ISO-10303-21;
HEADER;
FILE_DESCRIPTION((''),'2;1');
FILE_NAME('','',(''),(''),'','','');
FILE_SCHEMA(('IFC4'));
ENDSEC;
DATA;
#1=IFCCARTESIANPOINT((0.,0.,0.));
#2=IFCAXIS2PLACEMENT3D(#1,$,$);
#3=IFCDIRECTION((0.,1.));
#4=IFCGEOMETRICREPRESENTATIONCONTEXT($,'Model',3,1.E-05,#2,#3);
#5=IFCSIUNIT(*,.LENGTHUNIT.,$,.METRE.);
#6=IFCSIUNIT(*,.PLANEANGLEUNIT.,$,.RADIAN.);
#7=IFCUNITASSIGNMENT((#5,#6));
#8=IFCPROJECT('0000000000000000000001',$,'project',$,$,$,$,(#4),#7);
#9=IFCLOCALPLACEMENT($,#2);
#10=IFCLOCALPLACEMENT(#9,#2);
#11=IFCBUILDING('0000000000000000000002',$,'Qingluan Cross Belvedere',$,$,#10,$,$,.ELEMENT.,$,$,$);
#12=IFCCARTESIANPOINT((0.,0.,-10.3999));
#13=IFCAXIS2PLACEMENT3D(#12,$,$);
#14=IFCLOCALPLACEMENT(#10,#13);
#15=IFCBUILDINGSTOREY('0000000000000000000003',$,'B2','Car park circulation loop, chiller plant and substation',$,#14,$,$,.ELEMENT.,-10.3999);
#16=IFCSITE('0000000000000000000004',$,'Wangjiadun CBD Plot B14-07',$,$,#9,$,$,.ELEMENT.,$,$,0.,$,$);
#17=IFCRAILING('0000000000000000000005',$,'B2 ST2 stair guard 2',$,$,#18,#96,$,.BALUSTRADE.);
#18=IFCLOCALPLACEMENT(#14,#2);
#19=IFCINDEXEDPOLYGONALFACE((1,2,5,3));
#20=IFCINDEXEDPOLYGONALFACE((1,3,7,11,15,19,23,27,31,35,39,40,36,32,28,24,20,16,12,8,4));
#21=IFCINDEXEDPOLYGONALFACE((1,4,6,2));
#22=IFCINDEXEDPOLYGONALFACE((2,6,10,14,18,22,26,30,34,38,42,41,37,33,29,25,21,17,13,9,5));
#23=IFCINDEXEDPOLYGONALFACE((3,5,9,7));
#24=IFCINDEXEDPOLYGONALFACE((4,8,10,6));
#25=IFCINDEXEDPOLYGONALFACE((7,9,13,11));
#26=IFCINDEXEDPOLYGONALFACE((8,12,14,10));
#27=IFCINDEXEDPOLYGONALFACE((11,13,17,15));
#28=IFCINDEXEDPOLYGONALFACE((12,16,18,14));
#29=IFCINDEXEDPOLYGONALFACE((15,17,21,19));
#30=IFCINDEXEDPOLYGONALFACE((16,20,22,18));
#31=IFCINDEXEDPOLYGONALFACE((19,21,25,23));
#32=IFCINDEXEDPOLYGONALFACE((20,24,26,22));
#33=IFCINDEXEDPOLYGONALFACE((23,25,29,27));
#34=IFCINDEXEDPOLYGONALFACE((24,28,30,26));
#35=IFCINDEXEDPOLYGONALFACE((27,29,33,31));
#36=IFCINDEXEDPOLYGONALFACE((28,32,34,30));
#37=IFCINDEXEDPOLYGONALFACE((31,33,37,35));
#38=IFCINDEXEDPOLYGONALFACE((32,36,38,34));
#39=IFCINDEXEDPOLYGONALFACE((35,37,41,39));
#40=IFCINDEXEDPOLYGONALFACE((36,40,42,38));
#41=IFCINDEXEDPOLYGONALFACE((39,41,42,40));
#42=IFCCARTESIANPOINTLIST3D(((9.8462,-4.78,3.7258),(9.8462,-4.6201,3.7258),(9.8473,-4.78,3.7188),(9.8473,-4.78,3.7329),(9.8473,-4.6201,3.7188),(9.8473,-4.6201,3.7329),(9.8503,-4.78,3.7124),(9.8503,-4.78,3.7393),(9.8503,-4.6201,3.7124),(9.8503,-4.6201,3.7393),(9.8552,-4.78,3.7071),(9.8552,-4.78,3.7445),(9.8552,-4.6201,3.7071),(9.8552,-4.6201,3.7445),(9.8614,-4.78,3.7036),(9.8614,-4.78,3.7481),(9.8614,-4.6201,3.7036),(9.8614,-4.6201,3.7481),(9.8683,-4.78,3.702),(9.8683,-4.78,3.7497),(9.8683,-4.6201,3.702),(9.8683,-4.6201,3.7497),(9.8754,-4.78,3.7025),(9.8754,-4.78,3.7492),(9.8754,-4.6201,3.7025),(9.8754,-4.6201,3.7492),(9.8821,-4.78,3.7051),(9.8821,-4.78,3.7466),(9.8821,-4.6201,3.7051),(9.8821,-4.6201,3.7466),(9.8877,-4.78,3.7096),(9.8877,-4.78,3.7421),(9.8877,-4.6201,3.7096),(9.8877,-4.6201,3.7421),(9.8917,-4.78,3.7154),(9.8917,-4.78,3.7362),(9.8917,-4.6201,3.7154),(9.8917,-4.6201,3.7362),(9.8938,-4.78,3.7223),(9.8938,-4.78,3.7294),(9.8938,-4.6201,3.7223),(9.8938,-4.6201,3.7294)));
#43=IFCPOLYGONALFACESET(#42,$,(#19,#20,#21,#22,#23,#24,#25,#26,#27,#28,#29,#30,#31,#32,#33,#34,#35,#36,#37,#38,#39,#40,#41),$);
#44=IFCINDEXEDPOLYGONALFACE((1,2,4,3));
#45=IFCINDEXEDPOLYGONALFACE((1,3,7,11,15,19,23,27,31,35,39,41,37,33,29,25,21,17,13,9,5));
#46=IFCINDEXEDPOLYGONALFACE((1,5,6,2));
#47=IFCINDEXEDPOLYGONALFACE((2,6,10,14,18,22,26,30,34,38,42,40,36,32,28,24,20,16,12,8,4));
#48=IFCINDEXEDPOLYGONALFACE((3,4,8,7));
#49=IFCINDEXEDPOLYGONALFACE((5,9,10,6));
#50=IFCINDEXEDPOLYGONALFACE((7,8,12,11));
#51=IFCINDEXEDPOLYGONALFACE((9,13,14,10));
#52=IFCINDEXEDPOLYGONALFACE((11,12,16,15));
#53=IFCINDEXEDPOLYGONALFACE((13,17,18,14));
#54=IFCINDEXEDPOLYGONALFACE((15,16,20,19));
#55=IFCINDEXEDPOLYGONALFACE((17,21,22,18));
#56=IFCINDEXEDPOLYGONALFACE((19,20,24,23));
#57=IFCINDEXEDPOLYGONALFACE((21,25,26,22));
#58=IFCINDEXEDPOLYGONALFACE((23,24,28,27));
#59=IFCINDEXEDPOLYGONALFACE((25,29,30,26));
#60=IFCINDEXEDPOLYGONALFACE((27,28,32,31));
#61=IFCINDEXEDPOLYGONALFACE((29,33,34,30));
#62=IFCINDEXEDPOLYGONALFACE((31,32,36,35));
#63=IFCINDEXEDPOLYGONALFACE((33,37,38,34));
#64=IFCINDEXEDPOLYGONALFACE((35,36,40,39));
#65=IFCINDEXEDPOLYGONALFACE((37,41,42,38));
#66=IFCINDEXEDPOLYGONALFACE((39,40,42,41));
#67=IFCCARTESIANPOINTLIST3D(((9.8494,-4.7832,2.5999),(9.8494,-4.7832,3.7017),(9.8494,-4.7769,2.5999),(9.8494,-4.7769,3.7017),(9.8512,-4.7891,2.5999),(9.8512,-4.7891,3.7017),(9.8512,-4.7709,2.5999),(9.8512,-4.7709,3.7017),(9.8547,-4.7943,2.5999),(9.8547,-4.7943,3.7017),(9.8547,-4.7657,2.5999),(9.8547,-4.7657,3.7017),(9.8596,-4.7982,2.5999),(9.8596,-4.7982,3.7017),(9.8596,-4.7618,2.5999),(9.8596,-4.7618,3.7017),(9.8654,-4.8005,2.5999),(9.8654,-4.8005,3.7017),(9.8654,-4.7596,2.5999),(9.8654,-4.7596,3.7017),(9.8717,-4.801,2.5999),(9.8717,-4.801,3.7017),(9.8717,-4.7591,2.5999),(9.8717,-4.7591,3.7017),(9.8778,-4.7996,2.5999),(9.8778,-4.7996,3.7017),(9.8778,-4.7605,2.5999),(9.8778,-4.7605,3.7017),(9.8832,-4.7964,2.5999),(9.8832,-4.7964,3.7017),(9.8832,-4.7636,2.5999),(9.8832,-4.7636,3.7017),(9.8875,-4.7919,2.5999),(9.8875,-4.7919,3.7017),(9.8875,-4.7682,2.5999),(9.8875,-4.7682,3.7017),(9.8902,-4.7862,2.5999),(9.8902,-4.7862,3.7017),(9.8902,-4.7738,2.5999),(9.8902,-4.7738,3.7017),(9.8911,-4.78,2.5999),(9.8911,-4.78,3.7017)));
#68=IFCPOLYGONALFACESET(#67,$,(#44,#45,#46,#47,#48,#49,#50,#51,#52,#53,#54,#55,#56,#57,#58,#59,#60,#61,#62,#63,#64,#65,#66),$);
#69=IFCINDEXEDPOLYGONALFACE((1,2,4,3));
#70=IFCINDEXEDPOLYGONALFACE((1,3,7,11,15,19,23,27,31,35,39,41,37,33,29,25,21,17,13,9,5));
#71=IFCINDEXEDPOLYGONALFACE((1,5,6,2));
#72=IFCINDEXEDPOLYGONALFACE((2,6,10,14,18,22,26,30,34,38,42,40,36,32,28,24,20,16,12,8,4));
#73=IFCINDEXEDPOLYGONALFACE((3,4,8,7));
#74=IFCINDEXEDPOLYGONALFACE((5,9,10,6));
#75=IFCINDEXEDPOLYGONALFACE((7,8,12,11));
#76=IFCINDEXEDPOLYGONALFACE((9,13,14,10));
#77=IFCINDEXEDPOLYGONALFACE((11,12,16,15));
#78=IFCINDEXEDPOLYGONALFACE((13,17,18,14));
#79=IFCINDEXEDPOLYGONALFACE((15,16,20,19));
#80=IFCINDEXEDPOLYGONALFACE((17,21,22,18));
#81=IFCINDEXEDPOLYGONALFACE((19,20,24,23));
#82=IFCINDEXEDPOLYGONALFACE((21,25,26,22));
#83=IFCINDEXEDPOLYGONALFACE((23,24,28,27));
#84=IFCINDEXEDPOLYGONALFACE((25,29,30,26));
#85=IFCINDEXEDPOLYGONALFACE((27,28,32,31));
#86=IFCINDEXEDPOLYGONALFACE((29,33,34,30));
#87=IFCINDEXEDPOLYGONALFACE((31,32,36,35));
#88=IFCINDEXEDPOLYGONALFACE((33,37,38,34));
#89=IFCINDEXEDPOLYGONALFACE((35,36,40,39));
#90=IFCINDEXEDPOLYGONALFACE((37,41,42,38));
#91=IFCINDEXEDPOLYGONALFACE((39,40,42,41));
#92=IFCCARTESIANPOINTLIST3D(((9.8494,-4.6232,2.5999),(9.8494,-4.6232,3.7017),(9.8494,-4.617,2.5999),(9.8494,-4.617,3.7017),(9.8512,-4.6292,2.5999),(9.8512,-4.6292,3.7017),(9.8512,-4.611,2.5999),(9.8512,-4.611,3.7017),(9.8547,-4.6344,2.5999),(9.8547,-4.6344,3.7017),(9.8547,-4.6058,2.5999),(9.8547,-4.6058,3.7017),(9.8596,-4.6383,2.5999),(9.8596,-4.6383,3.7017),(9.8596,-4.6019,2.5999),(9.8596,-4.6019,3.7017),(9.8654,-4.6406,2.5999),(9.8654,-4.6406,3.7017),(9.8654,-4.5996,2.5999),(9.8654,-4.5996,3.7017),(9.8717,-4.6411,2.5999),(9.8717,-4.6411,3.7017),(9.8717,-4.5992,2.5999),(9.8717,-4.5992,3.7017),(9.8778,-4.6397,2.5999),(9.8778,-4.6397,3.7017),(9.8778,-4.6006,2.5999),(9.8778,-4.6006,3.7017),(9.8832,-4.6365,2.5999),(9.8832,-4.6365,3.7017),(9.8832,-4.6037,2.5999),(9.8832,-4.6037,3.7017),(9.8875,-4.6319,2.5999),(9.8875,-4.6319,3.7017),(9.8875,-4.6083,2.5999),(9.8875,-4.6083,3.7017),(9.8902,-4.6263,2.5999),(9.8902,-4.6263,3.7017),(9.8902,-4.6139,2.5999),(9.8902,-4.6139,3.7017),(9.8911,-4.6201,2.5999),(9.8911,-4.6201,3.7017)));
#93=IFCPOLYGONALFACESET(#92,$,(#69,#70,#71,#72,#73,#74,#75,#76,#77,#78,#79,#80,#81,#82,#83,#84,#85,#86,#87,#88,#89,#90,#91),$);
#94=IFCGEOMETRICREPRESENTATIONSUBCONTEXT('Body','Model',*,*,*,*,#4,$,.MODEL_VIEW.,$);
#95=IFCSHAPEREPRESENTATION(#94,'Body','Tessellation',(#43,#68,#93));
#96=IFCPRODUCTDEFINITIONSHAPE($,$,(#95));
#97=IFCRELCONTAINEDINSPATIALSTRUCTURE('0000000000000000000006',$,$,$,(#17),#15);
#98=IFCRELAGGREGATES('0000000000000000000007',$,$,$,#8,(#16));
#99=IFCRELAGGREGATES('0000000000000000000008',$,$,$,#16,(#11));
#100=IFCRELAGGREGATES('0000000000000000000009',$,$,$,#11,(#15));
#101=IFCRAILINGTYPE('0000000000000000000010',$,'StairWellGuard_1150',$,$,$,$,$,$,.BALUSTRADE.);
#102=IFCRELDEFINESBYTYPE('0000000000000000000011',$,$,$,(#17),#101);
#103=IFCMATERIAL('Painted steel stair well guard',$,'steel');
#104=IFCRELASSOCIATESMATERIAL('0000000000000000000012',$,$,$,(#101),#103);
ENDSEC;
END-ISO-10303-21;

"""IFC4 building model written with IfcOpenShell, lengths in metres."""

from ifc_helpers import new_model, si_unit, direction, frame, origin, origin_2d, place, context, subcontext, project, spatial, circle, extrude, material, type_object, element, save


model = new_model("IFC4")

# Units and contexts
model_context = context("Model", 3, precision=1e-05, world=origin(), true_north=direction((0.0, 1.0)))
body_context = subcontext(model_context, "Body", "Model", "MODEL_VIEW")
ifc_project = project(units=[si_unit("LENGTHUNIT", "METRE"), si_unit("PLANEANGLEUNIT", "RADIAN")], contexts=[model_context])

# Site, building, storey
site_placement = place(None, origin())
site = spatial("IfcSite", under=ifc_project, at=site_placement, Name="Wangjiadun CBD Plot B14-07", CompositionType="ELEMENT", RefElevation=0.0)
building_placement = place(site_placement, origin())
building = spatial("IfcBuilding", under=site, at=building_placement, Name="Qingluan Cross Belvedere", CompositionType="ELEMENT")
storey_placement = place(building_placement, frame((0.0, 0.0, -10.3999)))
storey = spatial("IfcBuildingStorey", under=building, at=storey_placement, Name="B2", Description="Car park circulation loop, chiller plant and substation", CompositionType="ELEMENT", Elevation=-10.3999)

# Railing
ifc_material_1 = material(Name="Painted steel stair well guard", Category="steel")
railing_type_1 = type_object("IfcRailingType", Name="StairWellGuard_1150", PredefinedType="BALUSTRADE", material=ifc_material_1)
railing_1_placement = place(storey_placement, frame((9.8701, -4.78, 2.5999)))
element("IfcRailing", 1, at=railing_1_placement, inside=storey, type_object=railing_type_1, Name="B2 ST2 stair guard 2", PredefinedType="BALUSTRADE", context=body_context, shape_type="SweptSolid", body=[
    extrude(circle(Radius=0.0239, at=origin_2d()), frame((0.0, 0.0, 1.126), z_axis=(0.0, 1.0, 0.0), x_axis=(-1.0, 0.0, 0.0)), (0.0, 0.0, 1.0), 0.1599),
    extrude(circle(Radius=0.021, at=origin_2d()), origin(), (0.0, 0.0, 1.0), 1.1018),
    extrude(circle(Radius=0.021, at=origin_2d()), frame((0.0, 0.1599, 0.0)), (0.0, 0.0, 1.0), 1.1018),
])

save(model, "model.ifc")
